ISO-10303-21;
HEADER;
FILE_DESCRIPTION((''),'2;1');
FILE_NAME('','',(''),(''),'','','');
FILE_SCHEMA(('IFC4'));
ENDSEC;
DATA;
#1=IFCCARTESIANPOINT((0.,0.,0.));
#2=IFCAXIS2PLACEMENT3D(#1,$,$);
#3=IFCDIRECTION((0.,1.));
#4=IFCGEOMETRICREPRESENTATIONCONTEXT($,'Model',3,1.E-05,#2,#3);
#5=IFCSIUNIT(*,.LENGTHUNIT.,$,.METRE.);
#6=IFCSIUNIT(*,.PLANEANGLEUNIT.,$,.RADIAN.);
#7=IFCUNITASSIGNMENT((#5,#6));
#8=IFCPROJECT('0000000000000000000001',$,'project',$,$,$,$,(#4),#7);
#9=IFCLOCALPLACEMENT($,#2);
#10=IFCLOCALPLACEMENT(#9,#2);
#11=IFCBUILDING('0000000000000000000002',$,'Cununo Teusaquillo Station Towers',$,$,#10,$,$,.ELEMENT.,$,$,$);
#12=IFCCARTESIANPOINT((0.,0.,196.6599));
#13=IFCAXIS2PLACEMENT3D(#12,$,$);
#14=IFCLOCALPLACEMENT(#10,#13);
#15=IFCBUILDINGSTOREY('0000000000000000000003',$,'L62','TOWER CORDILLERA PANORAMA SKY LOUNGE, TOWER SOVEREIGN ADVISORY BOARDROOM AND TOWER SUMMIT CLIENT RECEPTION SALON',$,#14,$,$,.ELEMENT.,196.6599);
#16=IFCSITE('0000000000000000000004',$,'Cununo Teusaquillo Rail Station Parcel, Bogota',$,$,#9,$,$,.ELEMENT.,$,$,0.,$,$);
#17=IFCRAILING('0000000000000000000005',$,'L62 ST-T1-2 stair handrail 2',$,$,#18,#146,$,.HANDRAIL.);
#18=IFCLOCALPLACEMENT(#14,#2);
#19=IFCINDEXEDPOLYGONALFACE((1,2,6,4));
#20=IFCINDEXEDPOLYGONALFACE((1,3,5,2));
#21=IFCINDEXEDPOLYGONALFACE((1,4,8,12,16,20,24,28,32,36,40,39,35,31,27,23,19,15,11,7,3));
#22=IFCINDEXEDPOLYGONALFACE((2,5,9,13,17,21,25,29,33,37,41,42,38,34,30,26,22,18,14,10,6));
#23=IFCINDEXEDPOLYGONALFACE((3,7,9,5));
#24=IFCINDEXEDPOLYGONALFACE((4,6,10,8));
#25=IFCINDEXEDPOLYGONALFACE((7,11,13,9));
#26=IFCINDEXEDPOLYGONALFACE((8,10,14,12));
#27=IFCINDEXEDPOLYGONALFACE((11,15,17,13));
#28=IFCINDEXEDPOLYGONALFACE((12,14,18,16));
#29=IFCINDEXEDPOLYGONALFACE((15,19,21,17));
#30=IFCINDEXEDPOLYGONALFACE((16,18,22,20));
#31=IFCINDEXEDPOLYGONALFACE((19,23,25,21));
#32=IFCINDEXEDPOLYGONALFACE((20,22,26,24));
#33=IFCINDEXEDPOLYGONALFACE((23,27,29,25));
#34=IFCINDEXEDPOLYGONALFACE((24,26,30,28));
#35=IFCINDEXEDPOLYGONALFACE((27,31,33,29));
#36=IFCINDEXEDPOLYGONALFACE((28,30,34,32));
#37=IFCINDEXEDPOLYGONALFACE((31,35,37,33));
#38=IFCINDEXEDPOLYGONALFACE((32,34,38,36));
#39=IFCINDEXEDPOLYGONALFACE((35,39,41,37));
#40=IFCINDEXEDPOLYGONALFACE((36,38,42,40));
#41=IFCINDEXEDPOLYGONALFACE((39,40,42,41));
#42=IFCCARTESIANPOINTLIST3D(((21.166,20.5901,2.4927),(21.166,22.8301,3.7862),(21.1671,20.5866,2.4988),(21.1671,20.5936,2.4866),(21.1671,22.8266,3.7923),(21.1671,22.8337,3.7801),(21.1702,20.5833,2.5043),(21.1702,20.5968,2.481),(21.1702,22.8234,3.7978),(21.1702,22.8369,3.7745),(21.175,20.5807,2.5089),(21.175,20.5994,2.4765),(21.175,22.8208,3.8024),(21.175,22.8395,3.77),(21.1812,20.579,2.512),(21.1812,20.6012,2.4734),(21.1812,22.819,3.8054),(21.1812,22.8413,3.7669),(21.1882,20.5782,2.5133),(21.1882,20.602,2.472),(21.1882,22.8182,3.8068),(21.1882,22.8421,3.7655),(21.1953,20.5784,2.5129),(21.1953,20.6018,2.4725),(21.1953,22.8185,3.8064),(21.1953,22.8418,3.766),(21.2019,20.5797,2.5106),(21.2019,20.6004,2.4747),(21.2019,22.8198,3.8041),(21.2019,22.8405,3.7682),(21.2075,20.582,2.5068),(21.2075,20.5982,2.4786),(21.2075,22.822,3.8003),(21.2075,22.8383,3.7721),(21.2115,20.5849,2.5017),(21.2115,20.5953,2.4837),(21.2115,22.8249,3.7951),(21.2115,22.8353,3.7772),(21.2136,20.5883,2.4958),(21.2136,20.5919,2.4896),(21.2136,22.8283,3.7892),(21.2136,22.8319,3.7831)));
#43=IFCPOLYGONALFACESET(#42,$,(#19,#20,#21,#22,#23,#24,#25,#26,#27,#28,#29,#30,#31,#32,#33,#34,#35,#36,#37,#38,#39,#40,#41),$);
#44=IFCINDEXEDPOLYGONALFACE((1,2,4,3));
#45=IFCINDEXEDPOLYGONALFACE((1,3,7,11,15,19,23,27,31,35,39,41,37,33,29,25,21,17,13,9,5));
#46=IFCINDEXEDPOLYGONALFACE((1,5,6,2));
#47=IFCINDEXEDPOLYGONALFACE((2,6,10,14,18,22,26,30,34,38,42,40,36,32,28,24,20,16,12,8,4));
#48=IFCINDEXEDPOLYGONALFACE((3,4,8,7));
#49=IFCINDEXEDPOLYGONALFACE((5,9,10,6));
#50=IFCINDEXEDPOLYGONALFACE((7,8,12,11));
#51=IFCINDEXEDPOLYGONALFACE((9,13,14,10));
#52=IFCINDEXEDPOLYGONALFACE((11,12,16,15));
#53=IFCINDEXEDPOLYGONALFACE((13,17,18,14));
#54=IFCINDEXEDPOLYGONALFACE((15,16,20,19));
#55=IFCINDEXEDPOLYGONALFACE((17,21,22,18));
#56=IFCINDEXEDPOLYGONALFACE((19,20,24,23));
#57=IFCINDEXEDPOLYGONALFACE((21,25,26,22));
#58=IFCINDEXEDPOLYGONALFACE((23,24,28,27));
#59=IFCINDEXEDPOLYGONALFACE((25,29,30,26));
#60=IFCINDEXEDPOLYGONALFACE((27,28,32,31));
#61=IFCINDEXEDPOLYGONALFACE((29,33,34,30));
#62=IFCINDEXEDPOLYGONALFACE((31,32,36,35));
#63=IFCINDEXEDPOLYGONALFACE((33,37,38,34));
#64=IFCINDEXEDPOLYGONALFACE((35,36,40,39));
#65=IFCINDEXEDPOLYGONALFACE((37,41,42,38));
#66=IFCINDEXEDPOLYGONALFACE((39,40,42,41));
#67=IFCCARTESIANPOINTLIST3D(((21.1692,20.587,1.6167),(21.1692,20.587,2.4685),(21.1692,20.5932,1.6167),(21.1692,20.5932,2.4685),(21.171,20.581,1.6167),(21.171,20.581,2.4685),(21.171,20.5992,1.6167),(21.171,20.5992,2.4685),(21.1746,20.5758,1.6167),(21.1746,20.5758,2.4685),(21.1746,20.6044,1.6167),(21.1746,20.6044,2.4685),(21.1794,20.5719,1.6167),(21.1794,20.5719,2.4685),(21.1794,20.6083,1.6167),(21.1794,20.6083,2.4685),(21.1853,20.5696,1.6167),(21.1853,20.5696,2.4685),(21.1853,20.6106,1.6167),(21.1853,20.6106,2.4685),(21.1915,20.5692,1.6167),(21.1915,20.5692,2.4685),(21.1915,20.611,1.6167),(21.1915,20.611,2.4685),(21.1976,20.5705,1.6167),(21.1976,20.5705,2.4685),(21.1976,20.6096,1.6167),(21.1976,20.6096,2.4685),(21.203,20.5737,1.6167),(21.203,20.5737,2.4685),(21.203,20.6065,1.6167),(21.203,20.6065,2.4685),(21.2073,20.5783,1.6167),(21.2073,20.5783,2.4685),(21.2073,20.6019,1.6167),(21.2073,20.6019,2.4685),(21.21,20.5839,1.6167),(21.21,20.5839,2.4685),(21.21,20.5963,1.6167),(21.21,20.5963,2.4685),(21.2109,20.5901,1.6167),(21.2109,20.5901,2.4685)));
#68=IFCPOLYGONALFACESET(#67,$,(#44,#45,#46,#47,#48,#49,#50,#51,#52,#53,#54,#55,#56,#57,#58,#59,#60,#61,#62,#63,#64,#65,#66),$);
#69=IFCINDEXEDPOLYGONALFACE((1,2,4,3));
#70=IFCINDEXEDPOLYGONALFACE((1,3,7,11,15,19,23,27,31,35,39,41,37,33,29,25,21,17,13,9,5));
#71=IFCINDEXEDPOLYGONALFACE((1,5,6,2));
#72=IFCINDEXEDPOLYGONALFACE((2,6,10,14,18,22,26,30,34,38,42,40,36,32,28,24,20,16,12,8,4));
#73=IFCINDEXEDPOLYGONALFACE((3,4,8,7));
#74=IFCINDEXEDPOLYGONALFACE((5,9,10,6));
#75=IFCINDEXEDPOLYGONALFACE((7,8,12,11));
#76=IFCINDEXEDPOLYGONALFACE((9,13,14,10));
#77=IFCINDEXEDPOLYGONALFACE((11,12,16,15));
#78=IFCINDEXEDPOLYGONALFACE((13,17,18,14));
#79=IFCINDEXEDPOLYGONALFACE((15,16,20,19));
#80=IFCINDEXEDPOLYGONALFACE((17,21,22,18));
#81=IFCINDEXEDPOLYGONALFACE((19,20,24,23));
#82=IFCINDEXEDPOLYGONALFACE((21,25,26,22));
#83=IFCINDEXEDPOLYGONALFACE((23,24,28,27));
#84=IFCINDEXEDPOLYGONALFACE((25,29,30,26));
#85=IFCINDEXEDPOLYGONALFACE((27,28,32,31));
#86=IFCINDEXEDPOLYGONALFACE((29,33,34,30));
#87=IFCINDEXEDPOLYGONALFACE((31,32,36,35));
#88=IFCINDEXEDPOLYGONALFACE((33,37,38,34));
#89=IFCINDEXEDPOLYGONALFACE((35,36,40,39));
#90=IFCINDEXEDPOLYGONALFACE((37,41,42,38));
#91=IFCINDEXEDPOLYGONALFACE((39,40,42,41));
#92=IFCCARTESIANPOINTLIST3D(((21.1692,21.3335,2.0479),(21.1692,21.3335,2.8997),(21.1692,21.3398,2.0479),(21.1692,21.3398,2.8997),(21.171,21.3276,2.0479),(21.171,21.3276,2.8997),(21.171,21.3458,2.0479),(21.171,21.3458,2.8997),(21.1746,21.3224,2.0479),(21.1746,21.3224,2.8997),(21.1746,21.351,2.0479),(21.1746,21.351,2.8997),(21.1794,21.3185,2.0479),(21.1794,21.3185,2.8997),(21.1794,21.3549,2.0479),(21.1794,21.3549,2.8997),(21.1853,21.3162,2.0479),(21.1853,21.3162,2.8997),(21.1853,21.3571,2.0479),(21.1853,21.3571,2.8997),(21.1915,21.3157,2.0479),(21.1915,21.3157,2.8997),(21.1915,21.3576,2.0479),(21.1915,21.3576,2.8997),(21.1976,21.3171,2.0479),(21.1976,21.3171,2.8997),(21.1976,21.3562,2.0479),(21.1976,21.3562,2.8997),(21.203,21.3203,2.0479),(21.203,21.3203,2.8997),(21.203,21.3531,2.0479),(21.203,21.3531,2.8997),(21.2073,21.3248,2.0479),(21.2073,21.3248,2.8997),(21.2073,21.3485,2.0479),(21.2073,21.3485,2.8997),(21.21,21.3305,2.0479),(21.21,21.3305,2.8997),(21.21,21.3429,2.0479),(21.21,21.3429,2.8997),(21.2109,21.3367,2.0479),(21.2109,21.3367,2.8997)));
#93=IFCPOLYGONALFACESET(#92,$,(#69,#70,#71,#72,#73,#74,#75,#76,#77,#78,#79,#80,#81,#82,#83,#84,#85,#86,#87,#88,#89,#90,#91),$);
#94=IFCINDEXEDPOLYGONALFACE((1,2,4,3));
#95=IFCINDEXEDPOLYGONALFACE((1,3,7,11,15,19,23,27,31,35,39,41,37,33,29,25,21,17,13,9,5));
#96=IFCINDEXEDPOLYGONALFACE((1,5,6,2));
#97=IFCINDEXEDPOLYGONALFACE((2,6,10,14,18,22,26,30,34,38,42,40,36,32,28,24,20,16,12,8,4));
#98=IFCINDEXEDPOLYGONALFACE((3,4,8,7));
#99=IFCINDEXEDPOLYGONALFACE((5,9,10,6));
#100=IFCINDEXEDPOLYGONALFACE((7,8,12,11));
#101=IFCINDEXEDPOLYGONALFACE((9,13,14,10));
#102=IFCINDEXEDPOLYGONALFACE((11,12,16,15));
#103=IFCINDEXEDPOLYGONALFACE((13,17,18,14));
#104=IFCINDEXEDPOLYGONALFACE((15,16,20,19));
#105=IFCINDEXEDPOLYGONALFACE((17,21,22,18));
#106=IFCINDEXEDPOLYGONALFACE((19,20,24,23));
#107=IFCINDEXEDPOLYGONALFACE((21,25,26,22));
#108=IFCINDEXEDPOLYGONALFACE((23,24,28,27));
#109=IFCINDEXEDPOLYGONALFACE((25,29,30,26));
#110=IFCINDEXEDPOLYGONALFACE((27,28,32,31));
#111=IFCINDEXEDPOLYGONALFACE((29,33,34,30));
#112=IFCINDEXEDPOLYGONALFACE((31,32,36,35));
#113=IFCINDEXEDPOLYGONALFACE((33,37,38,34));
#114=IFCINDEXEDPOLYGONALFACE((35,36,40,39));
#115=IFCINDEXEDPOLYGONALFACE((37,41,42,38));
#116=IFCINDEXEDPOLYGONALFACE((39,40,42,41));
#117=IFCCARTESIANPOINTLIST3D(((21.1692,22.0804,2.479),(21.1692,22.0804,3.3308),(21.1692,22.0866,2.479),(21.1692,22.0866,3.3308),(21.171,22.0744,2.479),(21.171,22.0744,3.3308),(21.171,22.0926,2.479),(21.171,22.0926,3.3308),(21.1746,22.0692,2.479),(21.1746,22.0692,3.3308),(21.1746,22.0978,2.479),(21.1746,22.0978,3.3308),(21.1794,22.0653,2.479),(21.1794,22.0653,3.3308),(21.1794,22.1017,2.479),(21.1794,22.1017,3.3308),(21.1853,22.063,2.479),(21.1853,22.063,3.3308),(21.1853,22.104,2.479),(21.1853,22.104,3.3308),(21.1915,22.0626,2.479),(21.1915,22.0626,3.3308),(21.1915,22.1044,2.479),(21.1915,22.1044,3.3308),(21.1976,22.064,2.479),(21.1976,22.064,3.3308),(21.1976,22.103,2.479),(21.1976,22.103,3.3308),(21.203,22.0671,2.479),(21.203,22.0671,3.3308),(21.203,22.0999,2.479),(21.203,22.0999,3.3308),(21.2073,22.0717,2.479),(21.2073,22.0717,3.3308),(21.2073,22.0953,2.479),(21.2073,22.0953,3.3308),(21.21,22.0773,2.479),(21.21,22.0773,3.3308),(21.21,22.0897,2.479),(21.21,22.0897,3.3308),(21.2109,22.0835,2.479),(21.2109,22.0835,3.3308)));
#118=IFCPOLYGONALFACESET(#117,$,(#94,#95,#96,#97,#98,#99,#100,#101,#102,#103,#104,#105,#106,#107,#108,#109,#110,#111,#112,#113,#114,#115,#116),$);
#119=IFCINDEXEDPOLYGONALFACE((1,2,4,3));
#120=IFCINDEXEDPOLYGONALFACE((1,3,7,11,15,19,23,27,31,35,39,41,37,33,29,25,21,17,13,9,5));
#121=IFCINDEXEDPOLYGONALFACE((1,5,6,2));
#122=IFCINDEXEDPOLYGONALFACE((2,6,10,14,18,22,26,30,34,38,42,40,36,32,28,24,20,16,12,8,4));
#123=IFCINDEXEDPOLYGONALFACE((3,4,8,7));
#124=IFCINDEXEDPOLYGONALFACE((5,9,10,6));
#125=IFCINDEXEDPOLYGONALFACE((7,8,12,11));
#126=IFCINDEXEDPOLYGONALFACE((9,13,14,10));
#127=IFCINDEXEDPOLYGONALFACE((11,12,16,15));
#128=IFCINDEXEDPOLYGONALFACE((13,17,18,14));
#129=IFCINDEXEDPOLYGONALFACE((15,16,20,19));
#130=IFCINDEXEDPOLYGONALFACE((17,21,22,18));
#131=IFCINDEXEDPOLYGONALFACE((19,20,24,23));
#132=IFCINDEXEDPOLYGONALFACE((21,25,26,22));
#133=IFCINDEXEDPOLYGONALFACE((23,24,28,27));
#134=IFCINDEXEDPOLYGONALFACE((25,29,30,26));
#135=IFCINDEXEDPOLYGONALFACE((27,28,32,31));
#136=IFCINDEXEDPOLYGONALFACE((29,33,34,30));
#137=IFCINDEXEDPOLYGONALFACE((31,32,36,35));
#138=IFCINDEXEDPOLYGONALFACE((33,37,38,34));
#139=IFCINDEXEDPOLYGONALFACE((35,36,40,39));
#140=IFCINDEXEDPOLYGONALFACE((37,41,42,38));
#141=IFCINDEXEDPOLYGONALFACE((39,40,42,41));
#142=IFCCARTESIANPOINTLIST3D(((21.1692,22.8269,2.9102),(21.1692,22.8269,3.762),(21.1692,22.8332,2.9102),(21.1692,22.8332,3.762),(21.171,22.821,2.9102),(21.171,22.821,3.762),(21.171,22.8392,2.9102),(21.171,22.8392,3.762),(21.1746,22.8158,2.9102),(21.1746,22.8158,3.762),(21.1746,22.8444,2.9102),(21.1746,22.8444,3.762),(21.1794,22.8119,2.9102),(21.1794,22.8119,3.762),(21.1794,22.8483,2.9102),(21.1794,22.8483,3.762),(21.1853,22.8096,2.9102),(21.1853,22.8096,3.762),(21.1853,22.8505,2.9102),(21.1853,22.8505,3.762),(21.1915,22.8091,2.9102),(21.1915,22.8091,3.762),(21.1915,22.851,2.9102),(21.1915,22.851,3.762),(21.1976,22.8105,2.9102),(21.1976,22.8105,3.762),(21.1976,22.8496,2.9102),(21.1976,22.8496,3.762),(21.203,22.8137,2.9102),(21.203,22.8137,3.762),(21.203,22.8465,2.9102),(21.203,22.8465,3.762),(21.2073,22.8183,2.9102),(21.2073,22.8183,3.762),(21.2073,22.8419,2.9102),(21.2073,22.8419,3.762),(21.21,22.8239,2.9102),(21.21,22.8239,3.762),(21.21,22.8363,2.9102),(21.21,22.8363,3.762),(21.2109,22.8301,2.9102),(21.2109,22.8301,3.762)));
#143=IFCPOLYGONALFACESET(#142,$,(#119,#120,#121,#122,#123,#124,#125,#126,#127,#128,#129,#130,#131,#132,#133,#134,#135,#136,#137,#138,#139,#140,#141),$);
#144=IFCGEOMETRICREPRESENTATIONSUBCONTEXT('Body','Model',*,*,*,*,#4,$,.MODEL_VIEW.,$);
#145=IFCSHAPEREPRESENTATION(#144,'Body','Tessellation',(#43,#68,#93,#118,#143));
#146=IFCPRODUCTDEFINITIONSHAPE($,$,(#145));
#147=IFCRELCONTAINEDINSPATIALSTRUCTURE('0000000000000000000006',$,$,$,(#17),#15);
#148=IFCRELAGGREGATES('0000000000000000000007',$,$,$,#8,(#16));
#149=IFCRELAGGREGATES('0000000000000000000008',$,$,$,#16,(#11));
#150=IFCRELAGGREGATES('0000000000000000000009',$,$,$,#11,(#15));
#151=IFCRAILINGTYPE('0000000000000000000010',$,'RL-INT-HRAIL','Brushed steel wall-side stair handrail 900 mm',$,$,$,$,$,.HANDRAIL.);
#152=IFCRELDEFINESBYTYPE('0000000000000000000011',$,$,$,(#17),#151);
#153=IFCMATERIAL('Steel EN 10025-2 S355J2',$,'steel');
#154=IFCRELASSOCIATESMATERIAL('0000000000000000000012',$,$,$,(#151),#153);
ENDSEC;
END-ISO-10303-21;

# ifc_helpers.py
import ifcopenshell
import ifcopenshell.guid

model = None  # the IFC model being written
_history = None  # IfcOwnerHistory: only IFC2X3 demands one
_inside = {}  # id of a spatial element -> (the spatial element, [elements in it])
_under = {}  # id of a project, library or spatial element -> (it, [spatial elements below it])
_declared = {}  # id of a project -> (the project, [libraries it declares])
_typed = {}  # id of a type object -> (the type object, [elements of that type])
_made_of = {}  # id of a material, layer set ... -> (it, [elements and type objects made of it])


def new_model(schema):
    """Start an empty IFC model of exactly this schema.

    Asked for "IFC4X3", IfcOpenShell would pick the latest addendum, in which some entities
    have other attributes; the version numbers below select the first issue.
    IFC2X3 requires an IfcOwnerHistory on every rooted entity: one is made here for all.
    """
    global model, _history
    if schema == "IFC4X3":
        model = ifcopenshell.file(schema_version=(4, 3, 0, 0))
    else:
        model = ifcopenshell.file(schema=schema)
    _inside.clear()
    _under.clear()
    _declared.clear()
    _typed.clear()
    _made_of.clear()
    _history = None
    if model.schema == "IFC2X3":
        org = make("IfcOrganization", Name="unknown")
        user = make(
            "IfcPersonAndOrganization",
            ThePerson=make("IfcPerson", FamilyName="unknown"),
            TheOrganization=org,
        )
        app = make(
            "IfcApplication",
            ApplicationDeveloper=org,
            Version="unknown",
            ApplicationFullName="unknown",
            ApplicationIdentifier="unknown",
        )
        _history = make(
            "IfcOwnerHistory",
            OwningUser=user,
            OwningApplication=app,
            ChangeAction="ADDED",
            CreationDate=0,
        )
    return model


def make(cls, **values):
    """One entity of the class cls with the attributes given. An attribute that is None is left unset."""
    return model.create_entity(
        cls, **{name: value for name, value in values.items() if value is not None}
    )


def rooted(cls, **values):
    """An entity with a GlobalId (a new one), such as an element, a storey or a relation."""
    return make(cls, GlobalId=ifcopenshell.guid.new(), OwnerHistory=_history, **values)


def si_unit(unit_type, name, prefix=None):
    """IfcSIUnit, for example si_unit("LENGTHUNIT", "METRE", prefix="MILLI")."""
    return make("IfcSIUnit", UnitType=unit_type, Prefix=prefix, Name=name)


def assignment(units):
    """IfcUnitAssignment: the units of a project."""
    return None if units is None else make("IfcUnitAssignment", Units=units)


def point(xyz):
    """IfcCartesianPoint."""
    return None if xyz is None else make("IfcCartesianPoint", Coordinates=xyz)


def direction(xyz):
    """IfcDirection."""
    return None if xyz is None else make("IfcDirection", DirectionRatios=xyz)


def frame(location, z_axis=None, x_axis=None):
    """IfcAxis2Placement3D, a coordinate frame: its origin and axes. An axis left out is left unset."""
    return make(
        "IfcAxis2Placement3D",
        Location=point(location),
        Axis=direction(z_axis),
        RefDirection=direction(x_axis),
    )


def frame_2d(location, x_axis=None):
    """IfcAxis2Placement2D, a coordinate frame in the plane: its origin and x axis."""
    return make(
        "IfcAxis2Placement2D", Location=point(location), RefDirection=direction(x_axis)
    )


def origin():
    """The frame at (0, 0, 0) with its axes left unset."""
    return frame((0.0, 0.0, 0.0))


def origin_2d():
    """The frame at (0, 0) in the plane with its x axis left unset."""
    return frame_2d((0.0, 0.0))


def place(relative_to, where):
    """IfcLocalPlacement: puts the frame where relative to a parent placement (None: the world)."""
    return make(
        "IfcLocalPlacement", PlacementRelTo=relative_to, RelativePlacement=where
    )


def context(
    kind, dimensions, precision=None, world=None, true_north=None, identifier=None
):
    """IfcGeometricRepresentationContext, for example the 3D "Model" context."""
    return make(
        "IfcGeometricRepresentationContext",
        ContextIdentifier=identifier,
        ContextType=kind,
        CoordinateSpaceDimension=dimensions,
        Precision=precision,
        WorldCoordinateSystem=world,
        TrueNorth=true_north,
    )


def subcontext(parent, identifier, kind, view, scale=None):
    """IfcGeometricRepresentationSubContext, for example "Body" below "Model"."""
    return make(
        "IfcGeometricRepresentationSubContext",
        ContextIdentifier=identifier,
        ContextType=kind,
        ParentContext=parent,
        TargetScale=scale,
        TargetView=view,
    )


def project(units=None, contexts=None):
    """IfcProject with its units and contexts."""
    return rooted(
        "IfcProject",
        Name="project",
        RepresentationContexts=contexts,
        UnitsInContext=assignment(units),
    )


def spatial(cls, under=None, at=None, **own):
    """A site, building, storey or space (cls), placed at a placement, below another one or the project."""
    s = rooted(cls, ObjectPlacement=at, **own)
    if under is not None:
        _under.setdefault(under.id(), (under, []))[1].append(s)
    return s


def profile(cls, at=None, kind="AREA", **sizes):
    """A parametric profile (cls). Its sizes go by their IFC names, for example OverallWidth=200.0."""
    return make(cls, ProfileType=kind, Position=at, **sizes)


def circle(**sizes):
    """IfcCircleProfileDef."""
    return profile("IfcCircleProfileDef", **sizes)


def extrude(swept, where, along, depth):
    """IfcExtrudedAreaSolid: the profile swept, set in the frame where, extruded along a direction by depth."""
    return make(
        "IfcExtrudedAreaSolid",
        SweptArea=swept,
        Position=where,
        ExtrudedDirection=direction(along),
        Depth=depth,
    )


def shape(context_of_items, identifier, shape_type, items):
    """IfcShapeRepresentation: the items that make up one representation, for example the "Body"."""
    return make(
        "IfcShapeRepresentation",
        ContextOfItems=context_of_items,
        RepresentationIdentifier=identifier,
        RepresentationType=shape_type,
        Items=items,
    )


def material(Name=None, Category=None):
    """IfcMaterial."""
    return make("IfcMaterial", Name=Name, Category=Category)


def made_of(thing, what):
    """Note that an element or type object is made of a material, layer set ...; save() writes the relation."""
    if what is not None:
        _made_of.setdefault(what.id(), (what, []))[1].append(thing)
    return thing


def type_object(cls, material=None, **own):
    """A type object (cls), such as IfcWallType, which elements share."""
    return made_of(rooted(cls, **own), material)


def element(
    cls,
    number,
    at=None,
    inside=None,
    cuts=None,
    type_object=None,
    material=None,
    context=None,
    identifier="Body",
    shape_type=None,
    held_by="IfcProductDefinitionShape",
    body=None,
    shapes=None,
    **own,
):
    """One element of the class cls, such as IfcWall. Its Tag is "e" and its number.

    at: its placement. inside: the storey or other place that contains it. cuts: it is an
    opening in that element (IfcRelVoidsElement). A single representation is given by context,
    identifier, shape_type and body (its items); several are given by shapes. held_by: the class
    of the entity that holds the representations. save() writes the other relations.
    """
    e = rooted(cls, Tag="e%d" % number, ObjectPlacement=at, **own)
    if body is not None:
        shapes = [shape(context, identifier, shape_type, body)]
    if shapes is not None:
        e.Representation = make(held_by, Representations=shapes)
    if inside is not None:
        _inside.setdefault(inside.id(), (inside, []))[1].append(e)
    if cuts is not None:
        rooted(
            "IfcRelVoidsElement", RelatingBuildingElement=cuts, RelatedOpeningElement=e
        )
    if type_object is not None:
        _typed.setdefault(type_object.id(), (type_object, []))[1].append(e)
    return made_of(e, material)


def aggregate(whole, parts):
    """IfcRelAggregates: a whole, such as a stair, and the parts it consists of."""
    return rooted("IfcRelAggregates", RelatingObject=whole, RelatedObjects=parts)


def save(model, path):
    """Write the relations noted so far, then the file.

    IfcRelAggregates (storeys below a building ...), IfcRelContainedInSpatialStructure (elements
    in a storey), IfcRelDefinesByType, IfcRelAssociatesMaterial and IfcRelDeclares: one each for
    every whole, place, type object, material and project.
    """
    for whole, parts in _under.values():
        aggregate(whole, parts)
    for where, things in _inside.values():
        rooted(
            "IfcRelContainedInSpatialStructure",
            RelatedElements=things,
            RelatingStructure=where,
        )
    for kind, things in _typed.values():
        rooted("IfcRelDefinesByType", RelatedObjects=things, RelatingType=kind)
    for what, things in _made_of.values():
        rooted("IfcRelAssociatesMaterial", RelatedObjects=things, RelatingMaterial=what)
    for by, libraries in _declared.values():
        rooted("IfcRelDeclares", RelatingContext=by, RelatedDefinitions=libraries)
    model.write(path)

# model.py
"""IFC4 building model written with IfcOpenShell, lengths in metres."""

from ifc_helpers import new_model, si_unit, direction, frame, origin, origin_2d, place, context, subcontext, project, spatial, circle, extrude, material, type_object, element, save


model = new_model("IFC4")

# Units and contexts
model_context = context("Model", 3, precision=1e-05, world=origin(), true_north=direction((0.0, 1.0)))
body_context = subcontext(model_context, "Body", "Model", "MODEL_VIEW")
ifc_project = project(units=[si_unit("LENGTHUNIT", "METRE"), si_unit("PLANEANGLEUNIT", "RADIAN")], contexts=[model_context])

# Site, building, storey
site_placement = place(None, origin())
site = spatial("IfcSite", under=ifc_project, at=site_placement, Name="Cununo Teusaquillo Rail Station Parcel, Bogota", CompositionType="ELEMENT", RefElevation=0.0)
building_placement = place(site_placement, origin())
building = spatial("IfcBuilding", under=site, at=building_placement, Name="Cununo Teusaquillo Station Towers", CompositionType="ELEMENT")
storey_placement = place(building_placement, frame((0.0, 0.0, 196.6599)))
storey = spatial("IfcBuildingStorey", under=building, at=storey_placement, Name="L62", Description="TOWER CORDILLERA PANORAMA SKY LOUNGE, TOWER SOVEREIGN ADVISORY BOARDROOM AND TOWER SUMMIT CLIENT RECEPTION SALON", CompositionType="ELEMENT", Elevation=196.6599)

# Railing
ifc_material_1 = material(Name="Steel EN 10025-2 S355J2", Category="steel")
railing_type_1 = type_object("IfcRailingType", Name="RL-INT-HRAIL", Description="Brushed steel wall-side stair handrail 900 mm", PredefinedType="HANDRAIL", material=ifc_material_1)
railing_1_placement = place(storey_placement, frame((21.1899, 20.5901, 1.6167)))
element("IfcRailing", 1, at=railing_1_placement, inside=storey, type_object=railing_type_1, Name="L62 ST-T1-2 stair handrail 2", PredefinedType="HANDRAIL", context=body_context, shape_type="SweptSolid", body=[
    extrude(circle(Radius=0.0239, at=origin_2d()), frame((0.0, 0.0, 0.876), z_axis=(0.0, 0.865992, 0.500057), x_axis=(-1.0, 0.0, 0.0)), (0.0, 0.0, 1.0), 2.5867),
    extrude(circle(Radius=0.021, at=origin_2d()), origin(), (0.0, 0.0, 1.0), 0.8518),
    extrude(circle(Radius=0.021, at=origin_2d()), frame((0.0, 0.7466, 0.4312)), (0.0, 0.0, 1.0), 0.8518),
    extrude(circle(Radius=0.021, at=origin_2d()), frame((0.0, 1.4934, 0.8623)), (0.0, 0.0, 1.0), 0.8518),
    extrude(circle(Radius=0.021, at=origin_2d()), frame((0.0, 2.24, 1.2935)), (0.0, 0.0, 1.0), 0.8518),
])

save(model, "model.ifc")
